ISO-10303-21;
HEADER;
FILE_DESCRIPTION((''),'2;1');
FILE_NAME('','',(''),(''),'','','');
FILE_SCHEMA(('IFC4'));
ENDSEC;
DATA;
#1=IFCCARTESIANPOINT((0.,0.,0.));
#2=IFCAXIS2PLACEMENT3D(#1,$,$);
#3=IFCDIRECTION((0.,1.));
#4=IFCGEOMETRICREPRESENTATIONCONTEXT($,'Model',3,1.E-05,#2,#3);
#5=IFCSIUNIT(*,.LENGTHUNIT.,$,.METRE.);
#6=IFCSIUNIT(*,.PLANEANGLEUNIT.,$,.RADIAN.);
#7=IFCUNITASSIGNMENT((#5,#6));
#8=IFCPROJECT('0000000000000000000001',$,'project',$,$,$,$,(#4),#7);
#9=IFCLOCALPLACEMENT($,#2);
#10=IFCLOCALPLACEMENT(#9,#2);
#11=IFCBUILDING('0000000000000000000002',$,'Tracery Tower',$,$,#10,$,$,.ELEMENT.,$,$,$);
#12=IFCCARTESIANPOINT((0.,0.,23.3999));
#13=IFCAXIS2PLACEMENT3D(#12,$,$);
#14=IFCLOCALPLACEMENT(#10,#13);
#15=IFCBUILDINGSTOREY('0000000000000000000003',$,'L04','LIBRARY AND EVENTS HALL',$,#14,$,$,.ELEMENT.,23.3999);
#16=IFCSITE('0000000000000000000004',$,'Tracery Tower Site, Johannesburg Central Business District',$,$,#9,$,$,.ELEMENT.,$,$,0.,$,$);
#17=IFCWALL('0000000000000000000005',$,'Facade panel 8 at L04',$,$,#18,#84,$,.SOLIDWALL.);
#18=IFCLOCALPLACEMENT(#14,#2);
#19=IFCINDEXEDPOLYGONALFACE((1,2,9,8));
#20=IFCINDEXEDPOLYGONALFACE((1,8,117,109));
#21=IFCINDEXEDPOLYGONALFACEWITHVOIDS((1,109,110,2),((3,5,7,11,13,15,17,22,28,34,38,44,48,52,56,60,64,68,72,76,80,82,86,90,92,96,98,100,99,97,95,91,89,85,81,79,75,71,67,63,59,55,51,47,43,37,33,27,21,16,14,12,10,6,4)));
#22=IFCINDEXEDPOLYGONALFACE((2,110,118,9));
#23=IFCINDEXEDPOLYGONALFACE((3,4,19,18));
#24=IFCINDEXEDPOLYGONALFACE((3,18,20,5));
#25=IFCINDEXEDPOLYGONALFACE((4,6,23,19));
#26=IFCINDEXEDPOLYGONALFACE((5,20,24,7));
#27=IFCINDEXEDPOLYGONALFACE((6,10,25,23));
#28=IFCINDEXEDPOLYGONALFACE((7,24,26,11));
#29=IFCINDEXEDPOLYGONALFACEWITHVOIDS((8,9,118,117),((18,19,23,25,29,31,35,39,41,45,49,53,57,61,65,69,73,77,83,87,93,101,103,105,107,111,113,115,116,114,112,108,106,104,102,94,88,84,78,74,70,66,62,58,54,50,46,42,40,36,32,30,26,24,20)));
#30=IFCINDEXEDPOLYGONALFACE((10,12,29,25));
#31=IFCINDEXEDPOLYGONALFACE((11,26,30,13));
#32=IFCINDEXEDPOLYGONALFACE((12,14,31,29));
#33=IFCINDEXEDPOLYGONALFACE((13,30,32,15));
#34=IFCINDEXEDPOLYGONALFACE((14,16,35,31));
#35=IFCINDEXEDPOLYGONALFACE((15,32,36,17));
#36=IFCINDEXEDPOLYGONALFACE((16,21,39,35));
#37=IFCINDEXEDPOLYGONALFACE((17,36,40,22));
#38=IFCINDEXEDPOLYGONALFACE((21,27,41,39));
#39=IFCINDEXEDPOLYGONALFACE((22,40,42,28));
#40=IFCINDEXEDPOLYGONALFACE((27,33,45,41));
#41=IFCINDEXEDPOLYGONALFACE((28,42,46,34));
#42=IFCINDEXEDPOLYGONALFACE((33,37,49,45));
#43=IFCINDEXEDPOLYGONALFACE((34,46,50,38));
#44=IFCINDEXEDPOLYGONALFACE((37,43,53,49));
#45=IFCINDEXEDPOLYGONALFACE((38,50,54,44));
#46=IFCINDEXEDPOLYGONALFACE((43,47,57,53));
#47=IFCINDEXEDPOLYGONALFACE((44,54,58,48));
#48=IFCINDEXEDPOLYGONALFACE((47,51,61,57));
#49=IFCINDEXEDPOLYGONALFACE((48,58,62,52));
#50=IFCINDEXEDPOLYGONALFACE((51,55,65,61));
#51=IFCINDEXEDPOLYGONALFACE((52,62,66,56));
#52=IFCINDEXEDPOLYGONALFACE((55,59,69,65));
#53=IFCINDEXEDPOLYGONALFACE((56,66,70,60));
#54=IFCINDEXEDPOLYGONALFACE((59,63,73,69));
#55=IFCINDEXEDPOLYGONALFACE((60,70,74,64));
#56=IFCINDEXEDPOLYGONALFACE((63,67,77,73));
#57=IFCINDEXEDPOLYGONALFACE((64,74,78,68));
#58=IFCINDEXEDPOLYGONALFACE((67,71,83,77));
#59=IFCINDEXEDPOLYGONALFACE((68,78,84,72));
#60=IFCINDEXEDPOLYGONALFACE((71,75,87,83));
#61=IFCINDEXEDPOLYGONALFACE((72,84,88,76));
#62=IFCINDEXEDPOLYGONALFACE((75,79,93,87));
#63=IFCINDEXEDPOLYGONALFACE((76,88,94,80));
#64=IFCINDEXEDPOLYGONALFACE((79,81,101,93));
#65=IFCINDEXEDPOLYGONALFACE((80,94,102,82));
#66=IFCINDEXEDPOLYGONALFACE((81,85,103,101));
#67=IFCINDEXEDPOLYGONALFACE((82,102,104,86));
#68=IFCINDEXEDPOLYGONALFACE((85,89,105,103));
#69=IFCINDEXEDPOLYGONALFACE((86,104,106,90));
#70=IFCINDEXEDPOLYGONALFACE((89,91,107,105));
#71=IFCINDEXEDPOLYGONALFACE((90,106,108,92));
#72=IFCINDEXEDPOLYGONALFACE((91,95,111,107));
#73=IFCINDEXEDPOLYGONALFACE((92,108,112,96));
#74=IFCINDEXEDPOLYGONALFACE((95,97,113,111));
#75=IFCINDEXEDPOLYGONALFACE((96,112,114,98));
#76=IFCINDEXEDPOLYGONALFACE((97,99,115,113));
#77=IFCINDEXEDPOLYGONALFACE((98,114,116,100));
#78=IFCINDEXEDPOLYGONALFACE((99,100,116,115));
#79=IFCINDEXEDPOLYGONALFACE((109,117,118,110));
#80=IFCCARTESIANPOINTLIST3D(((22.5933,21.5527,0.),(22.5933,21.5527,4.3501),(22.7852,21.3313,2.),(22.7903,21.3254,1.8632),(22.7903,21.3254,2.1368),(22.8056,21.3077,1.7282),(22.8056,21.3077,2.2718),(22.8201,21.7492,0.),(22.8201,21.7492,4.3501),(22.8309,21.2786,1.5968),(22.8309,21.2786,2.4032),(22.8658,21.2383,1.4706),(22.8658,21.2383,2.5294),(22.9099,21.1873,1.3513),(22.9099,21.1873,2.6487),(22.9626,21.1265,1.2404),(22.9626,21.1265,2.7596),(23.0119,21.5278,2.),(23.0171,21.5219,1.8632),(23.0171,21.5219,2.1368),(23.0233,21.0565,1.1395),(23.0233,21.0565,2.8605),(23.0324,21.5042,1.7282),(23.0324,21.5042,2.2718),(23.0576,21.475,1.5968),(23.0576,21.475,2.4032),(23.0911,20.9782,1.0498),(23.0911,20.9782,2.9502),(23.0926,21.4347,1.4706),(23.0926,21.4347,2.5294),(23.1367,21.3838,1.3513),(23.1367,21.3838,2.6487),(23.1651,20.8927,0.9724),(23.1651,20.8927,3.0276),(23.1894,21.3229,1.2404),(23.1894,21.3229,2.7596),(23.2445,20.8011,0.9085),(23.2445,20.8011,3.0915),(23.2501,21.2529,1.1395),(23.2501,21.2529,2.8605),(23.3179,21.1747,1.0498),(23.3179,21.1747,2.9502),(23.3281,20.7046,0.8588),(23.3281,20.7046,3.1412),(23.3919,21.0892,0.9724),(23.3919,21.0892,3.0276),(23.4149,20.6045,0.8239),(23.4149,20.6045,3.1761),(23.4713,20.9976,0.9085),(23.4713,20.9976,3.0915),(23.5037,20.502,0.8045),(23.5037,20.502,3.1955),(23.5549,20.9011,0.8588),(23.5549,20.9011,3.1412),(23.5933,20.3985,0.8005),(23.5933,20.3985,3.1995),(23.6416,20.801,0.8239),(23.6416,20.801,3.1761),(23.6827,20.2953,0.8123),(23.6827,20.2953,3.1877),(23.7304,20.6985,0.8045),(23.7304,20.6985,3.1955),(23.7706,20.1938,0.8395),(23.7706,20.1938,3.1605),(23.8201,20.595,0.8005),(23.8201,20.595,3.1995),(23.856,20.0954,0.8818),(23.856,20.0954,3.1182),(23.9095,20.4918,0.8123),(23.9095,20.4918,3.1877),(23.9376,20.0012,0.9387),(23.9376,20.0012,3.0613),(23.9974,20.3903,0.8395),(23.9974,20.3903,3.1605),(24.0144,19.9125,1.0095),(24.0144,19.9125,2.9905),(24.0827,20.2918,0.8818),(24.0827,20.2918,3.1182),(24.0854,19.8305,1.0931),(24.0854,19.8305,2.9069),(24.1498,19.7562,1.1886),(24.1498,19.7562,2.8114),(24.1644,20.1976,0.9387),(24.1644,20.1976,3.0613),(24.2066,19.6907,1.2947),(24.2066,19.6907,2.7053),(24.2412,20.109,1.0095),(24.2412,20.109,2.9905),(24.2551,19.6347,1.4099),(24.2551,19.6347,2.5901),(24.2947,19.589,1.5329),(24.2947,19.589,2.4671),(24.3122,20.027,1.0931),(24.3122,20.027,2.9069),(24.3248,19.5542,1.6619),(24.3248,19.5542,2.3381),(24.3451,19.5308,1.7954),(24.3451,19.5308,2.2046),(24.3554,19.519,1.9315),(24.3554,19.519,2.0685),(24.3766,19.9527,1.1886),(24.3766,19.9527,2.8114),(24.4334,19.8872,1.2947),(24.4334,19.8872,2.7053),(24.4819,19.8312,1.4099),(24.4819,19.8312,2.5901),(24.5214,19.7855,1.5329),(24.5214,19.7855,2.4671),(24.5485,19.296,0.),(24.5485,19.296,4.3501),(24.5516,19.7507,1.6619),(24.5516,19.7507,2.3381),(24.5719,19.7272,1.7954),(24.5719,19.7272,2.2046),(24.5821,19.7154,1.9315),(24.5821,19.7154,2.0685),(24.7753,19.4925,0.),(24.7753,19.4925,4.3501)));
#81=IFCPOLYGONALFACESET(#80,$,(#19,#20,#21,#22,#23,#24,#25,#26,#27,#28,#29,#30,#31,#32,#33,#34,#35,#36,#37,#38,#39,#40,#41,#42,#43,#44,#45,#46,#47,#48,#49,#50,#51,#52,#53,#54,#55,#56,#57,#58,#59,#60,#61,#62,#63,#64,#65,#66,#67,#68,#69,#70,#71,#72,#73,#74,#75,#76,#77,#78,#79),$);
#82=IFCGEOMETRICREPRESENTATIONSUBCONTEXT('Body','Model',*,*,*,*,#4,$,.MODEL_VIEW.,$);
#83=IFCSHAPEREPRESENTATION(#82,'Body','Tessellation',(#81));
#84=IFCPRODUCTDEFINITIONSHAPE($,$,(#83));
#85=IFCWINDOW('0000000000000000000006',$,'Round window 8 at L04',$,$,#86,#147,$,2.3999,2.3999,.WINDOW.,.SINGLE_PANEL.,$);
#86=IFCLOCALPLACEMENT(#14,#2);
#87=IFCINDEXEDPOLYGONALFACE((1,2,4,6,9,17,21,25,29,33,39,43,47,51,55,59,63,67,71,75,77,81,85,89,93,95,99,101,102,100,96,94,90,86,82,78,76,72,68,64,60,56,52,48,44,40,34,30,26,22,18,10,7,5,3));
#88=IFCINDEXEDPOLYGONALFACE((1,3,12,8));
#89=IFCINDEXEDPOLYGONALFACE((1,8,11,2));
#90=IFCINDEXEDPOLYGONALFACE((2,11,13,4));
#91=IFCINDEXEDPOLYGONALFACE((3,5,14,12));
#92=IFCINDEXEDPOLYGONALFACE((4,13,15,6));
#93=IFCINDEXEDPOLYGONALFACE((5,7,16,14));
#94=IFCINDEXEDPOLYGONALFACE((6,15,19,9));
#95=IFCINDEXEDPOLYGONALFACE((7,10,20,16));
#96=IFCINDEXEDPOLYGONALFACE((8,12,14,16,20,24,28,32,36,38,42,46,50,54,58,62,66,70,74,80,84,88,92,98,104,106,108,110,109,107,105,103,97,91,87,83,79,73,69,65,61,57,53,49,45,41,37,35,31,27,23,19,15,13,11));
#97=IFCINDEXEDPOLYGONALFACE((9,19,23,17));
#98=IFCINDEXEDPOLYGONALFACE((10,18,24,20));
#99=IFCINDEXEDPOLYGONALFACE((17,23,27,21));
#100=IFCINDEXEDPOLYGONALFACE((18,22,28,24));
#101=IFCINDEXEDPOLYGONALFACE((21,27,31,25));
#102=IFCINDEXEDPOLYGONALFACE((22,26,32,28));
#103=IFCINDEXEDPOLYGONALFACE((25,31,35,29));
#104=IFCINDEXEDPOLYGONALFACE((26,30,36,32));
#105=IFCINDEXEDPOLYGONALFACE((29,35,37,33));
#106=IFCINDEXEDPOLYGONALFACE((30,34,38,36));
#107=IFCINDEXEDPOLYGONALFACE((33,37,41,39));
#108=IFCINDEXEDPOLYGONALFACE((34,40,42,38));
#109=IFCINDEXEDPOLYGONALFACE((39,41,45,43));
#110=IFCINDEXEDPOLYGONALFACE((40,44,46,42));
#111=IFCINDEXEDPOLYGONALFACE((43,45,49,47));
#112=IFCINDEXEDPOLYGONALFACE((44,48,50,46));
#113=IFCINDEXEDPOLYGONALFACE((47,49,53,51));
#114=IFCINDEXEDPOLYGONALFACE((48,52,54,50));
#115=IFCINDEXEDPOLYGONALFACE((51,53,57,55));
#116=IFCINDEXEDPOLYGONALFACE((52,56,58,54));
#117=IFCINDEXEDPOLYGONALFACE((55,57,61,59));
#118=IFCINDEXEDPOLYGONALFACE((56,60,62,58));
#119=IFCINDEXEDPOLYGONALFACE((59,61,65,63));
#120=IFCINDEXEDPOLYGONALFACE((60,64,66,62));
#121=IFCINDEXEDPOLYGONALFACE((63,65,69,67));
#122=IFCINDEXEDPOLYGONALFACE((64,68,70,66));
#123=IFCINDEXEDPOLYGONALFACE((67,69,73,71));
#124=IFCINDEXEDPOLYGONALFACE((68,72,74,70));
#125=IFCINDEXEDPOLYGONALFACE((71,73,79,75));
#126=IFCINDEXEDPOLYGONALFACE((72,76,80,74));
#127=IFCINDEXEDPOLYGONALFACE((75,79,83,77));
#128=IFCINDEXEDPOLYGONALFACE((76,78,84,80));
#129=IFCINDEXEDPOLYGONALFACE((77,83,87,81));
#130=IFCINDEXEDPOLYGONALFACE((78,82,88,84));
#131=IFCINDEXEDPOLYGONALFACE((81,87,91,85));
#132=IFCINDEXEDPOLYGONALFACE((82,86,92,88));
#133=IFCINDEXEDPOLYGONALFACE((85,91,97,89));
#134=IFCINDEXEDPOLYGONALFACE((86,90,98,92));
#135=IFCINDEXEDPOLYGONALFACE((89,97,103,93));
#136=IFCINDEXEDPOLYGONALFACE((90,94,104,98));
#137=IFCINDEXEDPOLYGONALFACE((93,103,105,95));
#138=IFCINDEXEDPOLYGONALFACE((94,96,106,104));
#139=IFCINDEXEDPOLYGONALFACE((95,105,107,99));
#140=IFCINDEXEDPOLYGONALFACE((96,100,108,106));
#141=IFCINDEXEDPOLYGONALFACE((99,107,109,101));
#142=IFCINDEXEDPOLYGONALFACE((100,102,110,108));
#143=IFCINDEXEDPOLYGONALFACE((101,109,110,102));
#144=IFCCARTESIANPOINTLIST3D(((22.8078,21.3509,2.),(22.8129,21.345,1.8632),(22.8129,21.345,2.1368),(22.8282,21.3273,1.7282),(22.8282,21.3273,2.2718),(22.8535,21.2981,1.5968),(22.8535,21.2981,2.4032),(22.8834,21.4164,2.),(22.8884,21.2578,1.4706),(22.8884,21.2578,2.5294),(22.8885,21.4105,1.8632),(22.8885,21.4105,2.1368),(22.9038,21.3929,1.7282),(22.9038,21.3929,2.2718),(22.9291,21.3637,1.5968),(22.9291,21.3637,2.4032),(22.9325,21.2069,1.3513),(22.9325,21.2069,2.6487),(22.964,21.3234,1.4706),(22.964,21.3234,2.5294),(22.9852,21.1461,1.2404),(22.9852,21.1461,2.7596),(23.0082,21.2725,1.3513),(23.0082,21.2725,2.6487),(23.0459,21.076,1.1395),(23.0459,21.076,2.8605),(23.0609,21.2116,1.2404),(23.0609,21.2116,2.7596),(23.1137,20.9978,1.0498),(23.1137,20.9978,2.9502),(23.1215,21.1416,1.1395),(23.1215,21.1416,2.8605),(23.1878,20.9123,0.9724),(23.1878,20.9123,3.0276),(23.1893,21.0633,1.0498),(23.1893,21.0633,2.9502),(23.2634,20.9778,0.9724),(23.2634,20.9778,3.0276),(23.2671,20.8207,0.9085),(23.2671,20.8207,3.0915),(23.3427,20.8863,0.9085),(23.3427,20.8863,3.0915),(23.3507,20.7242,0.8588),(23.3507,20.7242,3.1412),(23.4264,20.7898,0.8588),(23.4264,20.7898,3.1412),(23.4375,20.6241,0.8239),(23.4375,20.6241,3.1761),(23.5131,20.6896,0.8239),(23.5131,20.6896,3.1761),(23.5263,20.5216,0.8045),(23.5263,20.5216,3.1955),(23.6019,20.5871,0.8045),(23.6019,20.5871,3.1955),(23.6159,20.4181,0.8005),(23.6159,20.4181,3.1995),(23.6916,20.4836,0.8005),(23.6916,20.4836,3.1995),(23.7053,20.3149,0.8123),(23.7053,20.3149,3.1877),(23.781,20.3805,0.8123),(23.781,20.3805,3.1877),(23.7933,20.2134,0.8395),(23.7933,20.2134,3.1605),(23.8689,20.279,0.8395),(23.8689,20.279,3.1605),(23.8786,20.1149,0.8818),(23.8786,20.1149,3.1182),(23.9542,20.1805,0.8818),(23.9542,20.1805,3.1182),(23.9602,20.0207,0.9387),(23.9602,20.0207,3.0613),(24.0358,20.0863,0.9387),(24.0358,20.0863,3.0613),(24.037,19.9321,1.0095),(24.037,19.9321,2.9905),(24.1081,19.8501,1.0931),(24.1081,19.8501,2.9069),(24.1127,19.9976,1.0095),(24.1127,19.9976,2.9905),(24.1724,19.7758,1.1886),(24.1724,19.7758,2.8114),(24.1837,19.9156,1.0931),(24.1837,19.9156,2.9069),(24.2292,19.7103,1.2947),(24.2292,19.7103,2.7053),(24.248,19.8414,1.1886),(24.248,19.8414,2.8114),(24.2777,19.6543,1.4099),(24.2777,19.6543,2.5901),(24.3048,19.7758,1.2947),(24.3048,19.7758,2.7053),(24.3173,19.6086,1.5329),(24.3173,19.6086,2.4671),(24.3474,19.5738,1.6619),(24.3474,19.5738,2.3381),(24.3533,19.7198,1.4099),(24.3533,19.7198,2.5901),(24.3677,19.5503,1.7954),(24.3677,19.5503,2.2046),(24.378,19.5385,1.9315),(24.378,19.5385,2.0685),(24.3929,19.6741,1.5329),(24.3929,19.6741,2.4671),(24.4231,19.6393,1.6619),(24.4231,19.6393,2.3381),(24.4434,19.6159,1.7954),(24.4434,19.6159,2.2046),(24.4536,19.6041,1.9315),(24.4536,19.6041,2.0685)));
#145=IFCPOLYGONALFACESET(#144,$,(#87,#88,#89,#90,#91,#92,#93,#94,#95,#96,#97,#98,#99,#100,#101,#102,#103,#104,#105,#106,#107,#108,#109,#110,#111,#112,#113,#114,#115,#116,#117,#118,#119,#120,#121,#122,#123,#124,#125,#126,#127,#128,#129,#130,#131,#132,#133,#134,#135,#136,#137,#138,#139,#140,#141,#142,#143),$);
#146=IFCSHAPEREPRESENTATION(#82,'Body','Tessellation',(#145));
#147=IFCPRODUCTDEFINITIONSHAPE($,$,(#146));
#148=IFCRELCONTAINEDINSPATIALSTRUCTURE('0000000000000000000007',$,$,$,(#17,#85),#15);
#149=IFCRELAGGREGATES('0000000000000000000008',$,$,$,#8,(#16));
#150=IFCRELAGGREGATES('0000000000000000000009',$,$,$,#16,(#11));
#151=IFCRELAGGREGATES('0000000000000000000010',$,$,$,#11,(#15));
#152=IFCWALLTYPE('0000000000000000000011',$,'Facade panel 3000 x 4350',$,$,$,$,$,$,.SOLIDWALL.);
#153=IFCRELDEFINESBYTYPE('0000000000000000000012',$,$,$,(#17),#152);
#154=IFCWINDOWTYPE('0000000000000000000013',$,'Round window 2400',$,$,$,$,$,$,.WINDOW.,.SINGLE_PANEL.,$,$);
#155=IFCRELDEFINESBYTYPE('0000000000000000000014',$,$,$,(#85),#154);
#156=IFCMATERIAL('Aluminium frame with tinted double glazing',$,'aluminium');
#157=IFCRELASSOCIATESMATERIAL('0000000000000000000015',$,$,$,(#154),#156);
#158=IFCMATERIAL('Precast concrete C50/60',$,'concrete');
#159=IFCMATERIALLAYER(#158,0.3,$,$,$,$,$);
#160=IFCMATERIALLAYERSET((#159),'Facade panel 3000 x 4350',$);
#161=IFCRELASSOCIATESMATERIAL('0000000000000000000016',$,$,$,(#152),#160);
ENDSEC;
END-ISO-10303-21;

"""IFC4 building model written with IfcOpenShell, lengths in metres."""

from ifc_helpers import new_model, si_unit, direction, frame, frame_2d, origin, origin_2d, place, context, subcontext, project, spatial, rectangle, circle, extrude, material, layer, layer_set, type_object, element, fill, save


model = new_model("IFC4")

# Units and contexts
model_context = context("Model", 3, precision=1e-05, world=origin(), true_north=direction((0.0, 1.0)))
body_context = subcontext(model_context, "Body", "Model", "MODEL_VIEW")
ifc_project = project(units=[si_unit("LENGTHUNIT", "METRE"), si_unit("PLANEANGLEUNIT", "RADIAN")], contexts=[model_context])

# Site, building, storey
site_placement = place(None, origin())
site = spatial("IfcSite", under=ifc_project, at=site_placement, Name="Tracery Tower Site, Johannesburg Central Business District", CompositionType="ELEMENT", RefElevation=0.0)
building_placement = place(site_placement, origin())
building = spatial("IfcBuilding", under=site, at=building_placement, Name="Tracery Tower", CompositionType="ELEMENT")
storey_placement = place(building_placement, frame((0.0, 0.0, 23.3999)))
storey = spatial("IfcBuildingStorey", under=building, at=storey_placement, Name="L04", Description="LIBRARY AND EVENTS HALL", CompositionType="ELEMENT", Elevation=23.3999)

# Wall, opening, window
ifc_material_1 = material(Name="Aluminium frame with tinted double glazing", Category="aluminium")
window_type = type_object("IfcWindowType", Name="Round window 2400", PartitioningType="SINGLE_PANEL", PredefinedType="WINDOW", material=ifc_material_1)
ifc_material_2 = material(Name="Precast concrete C50/60", Category="concrete")
ifc_layer_1 = layer(ifc_material_2, 0.3)
ifc_layer_set_1 = layer_set([ifc_layer_1], Name="Facade panel 3000 x 4350")
wall_type_1 = type_object("IfcWallType", Name="Facade panel 3000 x 4350", PredefinedType="SOLIDWALL", material=ifc_layer_set_1)
wall_1_placement = place(storey_placement, frame((24.6619, 19.3943, 0.0), z_axis=(0.0, 0.0, 1.0), x_axis=(-0.654809, 0.755794, 0.0)))
wall_1 = element("IfcWall", 1, at=wall_1_placement, inside=storey, type_object=wall_type_1, Name="Facade panel 8 at L04", PredefinedType="SOLIDWALL", context=body_context, shape_type="SweptSolid", body=[
    extrude(rectangle(XDim=2.9858, YDim=0.3, at=frame_2d((1.4929, 0.0))), origin(), (0.0, 0.0, 1.0), 4.3501),
])
opening_1_placement = place(wall_1_placement, frame((1.4929, 0.0, 2.0)))
opening_1 = element("IfcOpeningElement", 2, at=opening_1_placement, cuts=wall_1, PredefinedType="OPENING", context=body_context, shape_type="SweptSolid", body=[
    extrude(circle(Radius=1.2, at=origin_2d()), frame((0.0, 0.1599, 0.0), z_axis=(0.0, -1.0, 0.0), x_axis=(1.0, 0.0, 0.0)), (0.0, 0.0, 1.0), 0.3201),
])
window_1_placement = place(opening_1_placement, origin())
window_1 = element("IfcWindow", 3, at=window_1_placement, inside=storey, type_object=window_type, Name="Round window 8 at L04", OverallHeight=2.3999, OverallWidth=2.3999, PartitioningType="SINGLE_PANEL", PredefinedType="WINDOW", context=body_context, shape_type="SweptSolid", body=[
    extrude(circle(Radius=1.2, at=origin_2d()), frame((0.0, 0.1201, 0.0), z_axis=(0.0, -1.0, 0.0), x_axis=(1.0, 0.0, 0.0)), (0.0, 0.0, 1.0), 0.1001),
])
fill(opening_1, window_1)

save(model, "model.ifc")
